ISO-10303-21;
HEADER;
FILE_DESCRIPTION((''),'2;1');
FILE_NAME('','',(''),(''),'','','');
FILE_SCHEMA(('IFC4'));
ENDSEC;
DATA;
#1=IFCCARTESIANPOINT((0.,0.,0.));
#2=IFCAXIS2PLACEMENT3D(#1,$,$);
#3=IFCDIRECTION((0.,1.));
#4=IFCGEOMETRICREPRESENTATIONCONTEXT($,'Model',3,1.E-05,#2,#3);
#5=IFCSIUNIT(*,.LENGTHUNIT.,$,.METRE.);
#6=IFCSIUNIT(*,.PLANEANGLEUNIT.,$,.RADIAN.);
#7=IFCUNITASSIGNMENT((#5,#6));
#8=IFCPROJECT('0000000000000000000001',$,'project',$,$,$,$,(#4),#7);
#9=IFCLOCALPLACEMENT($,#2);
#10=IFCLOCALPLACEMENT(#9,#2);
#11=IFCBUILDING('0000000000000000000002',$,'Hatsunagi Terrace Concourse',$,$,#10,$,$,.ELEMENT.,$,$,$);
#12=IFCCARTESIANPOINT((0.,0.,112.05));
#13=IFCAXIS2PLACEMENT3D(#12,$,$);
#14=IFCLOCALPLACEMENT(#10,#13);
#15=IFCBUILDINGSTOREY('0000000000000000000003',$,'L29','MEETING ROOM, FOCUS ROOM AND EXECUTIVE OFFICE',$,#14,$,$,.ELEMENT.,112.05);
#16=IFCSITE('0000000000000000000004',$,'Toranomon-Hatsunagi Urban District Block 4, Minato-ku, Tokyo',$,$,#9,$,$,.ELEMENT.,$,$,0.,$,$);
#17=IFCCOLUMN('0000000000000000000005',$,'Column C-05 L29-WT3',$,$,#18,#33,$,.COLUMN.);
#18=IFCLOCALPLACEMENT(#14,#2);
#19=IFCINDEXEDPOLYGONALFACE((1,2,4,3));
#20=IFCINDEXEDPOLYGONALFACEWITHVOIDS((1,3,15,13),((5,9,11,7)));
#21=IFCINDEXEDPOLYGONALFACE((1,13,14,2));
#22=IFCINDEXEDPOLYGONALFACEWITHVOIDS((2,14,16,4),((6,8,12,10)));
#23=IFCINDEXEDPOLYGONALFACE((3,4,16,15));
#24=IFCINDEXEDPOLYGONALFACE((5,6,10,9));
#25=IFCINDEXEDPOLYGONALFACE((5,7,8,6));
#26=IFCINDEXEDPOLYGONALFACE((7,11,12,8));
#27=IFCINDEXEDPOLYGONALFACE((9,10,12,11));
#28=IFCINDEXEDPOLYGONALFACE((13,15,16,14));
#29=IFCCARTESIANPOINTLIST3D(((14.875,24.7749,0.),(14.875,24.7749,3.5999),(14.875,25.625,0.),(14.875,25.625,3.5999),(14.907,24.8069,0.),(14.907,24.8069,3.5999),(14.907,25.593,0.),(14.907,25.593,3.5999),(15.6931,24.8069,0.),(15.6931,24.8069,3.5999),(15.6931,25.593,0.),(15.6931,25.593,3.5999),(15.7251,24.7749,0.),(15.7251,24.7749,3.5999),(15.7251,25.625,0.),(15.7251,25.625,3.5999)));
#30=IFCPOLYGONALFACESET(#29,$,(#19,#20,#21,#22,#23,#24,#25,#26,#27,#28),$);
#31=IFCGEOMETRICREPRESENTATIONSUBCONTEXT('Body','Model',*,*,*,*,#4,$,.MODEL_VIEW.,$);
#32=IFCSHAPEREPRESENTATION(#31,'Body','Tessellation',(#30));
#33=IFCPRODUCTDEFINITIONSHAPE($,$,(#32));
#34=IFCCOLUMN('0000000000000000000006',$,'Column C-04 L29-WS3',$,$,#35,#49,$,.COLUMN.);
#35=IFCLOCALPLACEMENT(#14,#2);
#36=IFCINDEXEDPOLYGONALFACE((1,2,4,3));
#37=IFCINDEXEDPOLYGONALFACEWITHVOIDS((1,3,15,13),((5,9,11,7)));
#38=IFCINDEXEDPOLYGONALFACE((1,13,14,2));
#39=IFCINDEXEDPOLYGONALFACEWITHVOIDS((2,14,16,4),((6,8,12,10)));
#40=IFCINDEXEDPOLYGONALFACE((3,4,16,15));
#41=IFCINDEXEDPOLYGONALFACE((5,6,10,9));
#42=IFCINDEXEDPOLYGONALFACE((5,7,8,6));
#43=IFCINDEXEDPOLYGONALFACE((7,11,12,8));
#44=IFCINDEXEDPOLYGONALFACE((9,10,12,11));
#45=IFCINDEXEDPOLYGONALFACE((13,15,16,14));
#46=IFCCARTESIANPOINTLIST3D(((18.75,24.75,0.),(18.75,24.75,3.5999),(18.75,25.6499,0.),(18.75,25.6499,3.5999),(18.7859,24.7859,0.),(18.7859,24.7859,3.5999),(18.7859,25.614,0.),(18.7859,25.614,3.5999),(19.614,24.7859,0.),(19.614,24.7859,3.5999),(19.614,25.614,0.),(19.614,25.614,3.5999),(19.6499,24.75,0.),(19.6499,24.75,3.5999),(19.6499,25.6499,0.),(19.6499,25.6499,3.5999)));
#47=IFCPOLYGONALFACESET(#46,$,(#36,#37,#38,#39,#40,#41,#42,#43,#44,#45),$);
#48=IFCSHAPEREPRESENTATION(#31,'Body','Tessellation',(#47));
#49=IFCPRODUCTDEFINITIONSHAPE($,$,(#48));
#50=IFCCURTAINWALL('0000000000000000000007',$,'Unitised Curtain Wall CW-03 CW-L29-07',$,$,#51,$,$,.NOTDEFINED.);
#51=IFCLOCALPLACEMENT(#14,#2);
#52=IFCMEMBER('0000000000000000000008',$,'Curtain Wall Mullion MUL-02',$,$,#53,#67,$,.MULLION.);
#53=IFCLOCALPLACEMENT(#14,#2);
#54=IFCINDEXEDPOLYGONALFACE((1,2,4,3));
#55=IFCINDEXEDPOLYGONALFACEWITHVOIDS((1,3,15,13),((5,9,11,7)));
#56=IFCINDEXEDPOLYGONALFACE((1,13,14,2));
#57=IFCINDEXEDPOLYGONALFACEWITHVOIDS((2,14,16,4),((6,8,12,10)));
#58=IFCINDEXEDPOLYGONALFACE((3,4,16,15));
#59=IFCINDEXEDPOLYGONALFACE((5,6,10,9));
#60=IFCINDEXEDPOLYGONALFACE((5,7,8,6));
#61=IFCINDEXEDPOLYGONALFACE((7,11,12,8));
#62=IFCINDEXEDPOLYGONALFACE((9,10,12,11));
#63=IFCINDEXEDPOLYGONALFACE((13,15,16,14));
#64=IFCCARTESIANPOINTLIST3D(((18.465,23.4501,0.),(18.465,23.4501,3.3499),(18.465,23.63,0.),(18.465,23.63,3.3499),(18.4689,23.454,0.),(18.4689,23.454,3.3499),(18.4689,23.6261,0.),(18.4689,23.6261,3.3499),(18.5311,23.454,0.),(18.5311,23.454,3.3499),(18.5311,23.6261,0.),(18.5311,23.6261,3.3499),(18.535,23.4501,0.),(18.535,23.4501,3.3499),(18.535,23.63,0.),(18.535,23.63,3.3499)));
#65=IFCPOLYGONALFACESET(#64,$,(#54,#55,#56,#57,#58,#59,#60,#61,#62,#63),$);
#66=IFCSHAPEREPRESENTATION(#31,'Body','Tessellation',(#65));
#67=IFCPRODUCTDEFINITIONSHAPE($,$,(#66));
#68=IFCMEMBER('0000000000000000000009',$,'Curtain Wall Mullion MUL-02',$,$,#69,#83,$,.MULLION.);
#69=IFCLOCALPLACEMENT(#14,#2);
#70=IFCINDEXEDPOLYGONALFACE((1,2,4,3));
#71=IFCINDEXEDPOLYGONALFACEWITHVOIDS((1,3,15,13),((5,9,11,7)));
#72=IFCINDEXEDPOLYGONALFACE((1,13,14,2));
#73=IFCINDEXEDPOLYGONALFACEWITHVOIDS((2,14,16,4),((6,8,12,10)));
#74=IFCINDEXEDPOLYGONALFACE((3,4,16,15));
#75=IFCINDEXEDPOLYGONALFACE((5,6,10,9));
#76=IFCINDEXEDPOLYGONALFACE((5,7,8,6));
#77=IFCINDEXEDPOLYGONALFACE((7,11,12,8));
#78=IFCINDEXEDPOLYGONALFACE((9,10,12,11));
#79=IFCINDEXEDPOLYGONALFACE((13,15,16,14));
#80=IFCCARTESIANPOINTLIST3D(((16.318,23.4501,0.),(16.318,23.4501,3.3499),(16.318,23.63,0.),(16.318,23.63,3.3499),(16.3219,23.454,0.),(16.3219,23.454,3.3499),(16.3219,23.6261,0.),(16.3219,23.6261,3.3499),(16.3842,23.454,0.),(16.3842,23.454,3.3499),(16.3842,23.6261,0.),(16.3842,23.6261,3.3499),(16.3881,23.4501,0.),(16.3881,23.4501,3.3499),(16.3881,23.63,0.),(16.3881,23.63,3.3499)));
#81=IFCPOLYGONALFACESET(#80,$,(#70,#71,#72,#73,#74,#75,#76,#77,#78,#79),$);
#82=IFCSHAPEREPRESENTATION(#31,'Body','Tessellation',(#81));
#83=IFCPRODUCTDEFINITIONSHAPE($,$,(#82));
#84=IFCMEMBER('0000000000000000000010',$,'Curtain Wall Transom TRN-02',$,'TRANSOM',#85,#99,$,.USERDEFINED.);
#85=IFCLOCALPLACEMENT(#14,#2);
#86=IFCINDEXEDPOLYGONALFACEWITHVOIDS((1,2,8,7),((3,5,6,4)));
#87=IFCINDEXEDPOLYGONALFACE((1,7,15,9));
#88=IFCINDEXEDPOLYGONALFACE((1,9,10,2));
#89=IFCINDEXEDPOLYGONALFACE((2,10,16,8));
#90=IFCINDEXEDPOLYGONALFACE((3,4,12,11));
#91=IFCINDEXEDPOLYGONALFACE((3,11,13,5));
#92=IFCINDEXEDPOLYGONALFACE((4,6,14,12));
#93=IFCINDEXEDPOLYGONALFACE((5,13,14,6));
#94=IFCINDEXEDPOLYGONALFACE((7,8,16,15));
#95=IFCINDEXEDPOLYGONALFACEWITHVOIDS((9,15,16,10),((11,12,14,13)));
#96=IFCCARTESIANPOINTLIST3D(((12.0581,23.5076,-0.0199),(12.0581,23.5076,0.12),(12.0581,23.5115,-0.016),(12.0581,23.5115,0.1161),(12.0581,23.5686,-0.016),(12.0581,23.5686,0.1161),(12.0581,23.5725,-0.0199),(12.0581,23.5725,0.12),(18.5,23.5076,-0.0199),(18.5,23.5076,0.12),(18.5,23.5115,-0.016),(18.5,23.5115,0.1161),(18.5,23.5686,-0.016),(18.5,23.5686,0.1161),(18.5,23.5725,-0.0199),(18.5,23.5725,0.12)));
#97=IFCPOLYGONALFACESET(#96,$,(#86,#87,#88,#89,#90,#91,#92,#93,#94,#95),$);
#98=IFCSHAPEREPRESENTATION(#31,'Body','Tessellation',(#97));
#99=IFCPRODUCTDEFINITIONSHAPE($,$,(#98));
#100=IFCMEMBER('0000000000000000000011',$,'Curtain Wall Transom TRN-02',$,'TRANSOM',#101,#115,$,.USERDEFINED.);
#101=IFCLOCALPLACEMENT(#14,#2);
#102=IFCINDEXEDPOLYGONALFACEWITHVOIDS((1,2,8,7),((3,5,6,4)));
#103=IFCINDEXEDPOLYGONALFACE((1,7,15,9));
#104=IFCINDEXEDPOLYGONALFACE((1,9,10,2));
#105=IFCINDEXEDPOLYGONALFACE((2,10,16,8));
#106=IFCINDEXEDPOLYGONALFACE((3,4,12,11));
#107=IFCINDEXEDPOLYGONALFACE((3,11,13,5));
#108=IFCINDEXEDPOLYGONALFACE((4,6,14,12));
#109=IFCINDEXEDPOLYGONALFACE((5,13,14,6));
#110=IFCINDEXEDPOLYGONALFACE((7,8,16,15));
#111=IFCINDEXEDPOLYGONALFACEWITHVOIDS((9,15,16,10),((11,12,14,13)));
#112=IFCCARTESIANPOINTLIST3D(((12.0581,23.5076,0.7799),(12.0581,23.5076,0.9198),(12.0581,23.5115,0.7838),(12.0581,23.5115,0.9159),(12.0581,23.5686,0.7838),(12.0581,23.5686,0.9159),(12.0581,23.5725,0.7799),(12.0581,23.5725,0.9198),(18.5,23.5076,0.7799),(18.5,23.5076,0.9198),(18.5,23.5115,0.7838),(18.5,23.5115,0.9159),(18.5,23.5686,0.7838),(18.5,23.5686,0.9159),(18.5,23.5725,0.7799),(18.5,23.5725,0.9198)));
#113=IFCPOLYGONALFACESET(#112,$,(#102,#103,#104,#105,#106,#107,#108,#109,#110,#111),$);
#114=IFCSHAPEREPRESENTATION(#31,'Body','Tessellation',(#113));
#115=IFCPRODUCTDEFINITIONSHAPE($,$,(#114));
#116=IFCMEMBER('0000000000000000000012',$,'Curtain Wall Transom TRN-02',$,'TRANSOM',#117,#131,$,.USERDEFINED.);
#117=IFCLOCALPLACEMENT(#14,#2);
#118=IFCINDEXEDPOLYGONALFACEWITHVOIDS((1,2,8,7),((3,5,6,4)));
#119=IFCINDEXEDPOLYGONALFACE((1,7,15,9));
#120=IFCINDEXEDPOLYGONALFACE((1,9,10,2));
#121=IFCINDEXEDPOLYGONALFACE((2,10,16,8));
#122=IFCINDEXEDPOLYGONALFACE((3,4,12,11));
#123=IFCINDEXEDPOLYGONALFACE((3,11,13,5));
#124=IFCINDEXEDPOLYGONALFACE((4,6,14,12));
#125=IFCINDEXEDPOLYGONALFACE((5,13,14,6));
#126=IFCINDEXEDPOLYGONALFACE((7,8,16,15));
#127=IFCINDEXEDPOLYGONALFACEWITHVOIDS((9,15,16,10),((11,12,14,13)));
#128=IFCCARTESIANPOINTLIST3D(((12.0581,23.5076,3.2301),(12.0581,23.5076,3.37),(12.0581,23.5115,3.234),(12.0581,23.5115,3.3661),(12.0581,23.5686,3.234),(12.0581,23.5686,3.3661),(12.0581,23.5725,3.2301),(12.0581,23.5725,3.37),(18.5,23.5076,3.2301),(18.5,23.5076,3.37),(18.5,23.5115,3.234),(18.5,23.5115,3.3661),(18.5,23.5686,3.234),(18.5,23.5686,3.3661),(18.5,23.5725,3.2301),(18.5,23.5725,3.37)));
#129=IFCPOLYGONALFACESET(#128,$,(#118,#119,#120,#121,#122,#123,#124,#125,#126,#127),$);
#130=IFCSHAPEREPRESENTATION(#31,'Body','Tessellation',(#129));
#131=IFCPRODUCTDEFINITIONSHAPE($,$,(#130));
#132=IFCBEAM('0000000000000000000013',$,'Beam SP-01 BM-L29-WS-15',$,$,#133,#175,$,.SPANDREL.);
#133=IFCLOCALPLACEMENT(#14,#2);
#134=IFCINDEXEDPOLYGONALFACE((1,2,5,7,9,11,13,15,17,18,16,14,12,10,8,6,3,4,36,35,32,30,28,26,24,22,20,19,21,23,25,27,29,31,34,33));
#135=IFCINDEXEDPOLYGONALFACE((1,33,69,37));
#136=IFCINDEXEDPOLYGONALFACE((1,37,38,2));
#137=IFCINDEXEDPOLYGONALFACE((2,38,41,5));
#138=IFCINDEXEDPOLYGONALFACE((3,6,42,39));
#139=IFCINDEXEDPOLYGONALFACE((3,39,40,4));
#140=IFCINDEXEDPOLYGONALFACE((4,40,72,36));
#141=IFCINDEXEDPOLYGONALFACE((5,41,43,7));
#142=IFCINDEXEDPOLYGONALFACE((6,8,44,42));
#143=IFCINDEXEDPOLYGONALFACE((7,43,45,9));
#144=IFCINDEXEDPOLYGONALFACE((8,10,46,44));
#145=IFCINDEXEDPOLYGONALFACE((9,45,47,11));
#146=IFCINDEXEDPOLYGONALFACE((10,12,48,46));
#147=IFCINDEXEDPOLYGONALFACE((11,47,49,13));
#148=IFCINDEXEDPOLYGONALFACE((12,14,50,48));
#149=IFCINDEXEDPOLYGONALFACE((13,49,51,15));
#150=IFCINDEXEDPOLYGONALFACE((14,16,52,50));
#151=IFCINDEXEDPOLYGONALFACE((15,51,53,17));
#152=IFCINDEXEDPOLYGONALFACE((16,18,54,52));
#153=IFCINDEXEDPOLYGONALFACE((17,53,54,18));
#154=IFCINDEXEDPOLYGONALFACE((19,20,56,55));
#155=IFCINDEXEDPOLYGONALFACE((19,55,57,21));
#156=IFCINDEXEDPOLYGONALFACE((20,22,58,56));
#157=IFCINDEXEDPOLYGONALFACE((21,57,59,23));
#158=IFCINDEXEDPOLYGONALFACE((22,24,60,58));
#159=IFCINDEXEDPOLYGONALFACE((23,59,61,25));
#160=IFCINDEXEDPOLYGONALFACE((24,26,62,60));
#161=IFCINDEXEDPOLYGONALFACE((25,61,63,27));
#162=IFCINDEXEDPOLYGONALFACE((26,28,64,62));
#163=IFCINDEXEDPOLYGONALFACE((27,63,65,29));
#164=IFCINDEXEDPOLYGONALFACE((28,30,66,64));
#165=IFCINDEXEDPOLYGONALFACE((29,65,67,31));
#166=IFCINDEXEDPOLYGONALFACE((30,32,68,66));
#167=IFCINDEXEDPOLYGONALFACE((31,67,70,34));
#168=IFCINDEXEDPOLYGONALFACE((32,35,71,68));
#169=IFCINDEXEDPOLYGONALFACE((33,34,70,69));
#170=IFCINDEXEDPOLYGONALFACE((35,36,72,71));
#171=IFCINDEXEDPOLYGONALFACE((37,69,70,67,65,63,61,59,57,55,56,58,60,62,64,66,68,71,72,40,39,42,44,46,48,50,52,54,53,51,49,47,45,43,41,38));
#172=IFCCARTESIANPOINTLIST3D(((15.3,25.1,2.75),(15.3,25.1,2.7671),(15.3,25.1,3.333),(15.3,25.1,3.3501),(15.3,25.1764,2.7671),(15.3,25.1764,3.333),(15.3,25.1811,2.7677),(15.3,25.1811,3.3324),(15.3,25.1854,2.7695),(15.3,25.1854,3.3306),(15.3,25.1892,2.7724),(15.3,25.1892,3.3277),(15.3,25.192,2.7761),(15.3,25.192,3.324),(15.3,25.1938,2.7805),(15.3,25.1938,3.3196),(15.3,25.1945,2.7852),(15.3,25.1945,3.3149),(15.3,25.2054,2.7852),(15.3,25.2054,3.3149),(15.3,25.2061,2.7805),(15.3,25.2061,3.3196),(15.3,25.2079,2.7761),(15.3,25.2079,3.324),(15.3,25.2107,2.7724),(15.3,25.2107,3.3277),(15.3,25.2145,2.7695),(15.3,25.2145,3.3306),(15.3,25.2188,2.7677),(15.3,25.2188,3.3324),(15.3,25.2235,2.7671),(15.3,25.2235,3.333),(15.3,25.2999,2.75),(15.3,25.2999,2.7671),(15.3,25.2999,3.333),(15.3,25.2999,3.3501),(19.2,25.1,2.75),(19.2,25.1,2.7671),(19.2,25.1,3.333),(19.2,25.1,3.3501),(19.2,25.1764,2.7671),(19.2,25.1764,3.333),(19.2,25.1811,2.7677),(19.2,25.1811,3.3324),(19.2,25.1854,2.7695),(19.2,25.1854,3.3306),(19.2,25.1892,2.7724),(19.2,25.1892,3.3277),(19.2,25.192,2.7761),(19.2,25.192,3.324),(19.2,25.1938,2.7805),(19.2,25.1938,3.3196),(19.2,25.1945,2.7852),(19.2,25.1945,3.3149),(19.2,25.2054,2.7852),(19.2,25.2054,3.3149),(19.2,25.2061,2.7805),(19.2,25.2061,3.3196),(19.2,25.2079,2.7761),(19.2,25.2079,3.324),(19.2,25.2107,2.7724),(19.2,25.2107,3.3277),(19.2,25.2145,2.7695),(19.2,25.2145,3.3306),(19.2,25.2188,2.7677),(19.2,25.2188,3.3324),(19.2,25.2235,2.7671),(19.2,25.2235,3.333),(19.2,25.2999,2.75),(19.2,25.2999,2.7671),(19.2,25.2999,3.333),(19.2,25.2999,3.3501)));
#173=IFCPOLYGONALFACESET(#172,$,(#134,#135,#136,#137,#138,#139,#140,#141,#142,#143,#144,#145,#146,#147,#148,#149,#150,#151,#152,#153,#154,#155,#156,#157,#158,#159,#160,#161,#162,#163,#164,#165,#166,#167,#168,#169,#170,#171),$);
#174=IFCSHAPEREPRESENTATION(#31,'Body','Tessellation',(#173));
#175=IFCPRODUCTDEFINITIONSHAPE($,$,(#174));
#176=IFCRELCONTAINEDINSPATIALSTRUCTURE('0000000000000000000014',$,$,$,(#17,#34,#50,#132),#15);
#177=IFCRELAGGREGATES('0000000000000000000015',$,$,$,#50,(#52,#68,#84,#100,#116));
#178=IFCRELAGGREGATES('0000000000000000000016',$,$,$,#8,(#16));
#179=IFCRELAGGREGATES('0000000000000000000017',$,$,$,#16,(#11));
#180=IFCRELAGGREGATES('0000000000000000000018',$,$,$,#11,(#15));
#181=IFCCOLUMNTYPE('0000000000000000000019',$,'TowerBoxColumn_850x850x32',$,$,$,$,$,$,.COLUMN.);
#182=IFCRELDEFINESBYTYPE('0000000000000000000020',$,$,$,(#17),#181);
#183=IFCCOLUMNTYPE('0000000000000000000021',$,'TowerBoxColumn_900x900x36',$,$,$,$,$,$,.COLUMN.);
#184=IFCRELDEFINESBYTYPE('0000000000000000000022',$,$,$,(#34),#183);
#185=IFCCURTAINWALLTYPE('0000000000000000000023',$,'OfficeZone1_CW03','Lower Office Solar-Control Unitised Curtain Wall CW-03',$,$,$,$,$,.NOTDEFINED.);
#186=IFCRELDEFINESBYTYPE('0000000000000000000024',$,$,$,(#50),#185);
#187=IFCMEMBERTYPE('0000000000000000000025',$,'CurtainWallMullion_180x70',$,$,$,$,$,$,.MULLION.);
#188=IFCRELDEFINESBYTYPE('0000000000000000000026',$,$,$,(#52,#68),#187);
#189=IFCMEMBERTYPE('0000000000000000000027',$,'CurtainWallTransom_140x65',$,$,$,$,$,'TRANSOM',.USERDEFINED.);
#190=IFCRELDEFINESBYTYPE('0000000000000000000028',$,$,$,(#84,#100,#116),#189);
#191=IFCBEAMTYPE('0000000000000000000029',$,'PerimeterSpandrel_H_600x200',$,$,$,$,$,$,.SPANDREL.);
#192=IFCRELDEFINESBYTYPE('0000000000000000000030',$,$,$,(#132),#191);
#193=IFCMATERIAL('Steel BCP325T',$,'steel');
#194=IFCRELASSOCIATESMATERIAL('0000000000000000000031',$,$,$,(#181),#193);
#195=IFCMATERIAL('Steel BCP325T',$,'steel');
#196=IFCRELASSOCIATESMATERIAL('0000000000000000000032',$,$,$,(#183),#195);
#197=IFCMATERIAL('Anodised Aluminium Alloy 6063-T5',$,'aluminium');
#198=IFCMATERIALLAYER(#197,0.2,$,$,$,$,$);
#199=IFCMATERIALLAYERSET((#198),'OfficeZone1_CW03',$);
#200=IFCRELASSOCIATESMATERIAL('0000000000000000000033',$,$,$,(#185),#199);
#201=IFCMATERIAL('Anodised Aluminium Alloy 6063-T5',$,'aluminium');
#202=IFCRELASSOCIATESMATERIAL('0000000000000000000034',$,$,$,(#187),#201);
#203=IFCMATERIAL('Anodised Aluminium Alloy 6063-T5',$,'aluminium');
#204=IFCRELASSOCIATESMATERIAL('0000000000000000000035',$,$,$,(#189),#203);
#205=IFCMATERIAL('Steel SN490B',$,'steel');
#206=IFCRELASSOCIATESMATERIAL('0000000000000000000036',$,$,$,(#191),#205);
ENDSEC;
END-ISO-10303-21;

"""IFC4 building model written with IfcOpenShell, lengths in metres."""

from ifc_helpers import new_model, si_unit, direction, frame, origin, origin_2d, place, context, subcontext, project, spatial, hollow_rectangle, i_section, extrude, material, layer, layer_set, material_profile, profile_set, type_object, element, aggregate, save


model = new_model("IFC4")

# Units and contexts
model_context = context("Model", 3, precision=1e-05, world=origin(), true_north=direction((0.0, 1.0)))
body_context = subcontext(model_context, "Body", "Model", "MODEL_VIEW")
ifc_project = project(units=[si_unit("LENGTHUNIT", "METRE"), si_unit("PLANEANGLEUNIT", "RADIAN")], contexts=[model_context])

# Site, building, storey
site_placement = place(None, origin())
site = spatial("IfcSite", under=ifc_project, at=site_placement, Name="Toranomon-Hatsunagi Urban District Block 4, Minato-ku, Tokyo", CompositionType="ELEMENT", RefElevation=0.0)
building_placement = place(site_placement, origin())
building = spatial("IfcBuilding", under=site, at=building_placement, Name="Hatsunagi Terrace Concourse", CompositionType="ELEMENT")
storey_placement = place(building_placement, frame((0.0, 0.0, 112.05)))
storey = spatial("IfcBuildingStorey", under=building, at=storey_placement, Name="L29", Description="MEETING ROOM, FOCUS ROOM AND EXECUTIVE OFFICE", CompositionType="ELEMENT", Elevation=112.05)

# Columns
ifc_material_1 = material(Name="Steel BCP325T", Category="steel")
ifc_material_profile_1 = material_profile(ifc_material_1, hollow_rectangle(XDim=0.8501, YDim=0.8501, WallThickness=0.032, at=origin_2d()), Name="BCP-850x850x32")
ifc_profile_set_1 = profile_set([ifc_material_profile_1], Name="Steel BCP325T")
column_type_1 = type_object("IfcColumnType", Name="TowerBoxColumn_850x850x32", PredefinedType="COLUMN", material=ifc_profile_set_1)
column_1_placement = place(storey_placement, frame((15.3, 25.2, 0.0), z_axis=(0.0, 0.0, 1.0), x_axis=(1.0, 0.0, 0.0)))
element("IfcColumn", 1, at=column_1_placement, inside=storey, type_object=column_type_1, Name="Column C-05 L29-WT3", PredefinedType="COLUMN", context=body_context, shape_type="SweptSolid", body=[
    extrude(hollow_rectangle(XDim=0.8501, YDim=0.8501, WallThickness=0.032, at=origin_2d()), origin(), (0.0, 0.0, 1.0), 3.5999),
])
ifc_material_2 = material(Name="Steel BCP325T", Category="steel")
ifc_material_profile_2 = material_profile(ifc_material_2, hollow_rectangle(XDim=0.8999, YDim=0.8999, WallThickness=0.0359, at=origin_2d()), Name="BCP-900x900x36")
ifc_profile_set_2 = profile_set([ifc_material_profile_2], Name="Steel BCP325T")
column_type_2 = type_object("IfcColumnType", Name="TowerBoxColumn_900x900x36", PredefinedType="COLUMN", material=ifc_profile_set_2)
column_2_placement = place(storey_placement, frame((19.2, 25.2, 0.0), z_axis=(0.0, 0.0, 1.0), x_axis=(1.0, 0.0, 0.0)))
element("IfcColumn", 2, at=column_2_placement, inside=storey, type_object=column_type_2, Name="Column C-04 L29-WS3", PredefinedType="COLUMN", context=body_context, shape_type="SweptSolid", body=[
    extrude(hollow_rectangle(XDim=0.8999, YDim=0.8999, WallThickness=0.0359, at=origin_2d()), origin(), (0.0, 0.0, 1.0), 3.5999),
])

# Curtain wall, members
ifc_material_3 = material(Name="Anodised Aluminium Alloy 6063-T5", Category="aluminium")
ifc_layer_1 = layer(ifc_material_3, 0.2)
ifc_layer_set_1 = layer_set([ifc_layer_1], Name="OfficeZone1_CW03")
curtain_wall_type = type_object("IfcCurtainWallType", Name="OfficeZone1_CW03", Description="Lower Office Solar-Control Unitised Curtain Wall CW-03", PredefinedType="NOTDEFINED", material=ifc_layer_set_1)
curtain_wall_placement = place(storey_placement, origin())
curtain_wall = element("IfcCurtainWall", 3, at=curtain_wall_placement, inside=storey, type_object=curtain_wall_type, Name="Unitised Curtain Wall CW-03 CW-L29-07", PredefinedType="NOTDEFINED")
ifc_material_4 = material(Name="Anodised Aluminium Alloy 6063-T5", Category="aluminium")
ifc_material_profile_3 = material_profile(ifc_material_4, hollow_rectangle(XDim=0.0701, YDim=0.1799, WallThickness=0.0039, at=origin_2d()), Name="ALU-MUL-180x70x4")
ifc_profile_set_3 = profile_set([ifc_material_profile_3], Name="Anodised Aluminium Alloy 6063-T5")
member_type_1 = type_object("IfcMemberType", Name="CurtainWallMullion_180x70", PredefinedType="MULLION", material=ifc_profile_set_3)
member_1_placement = place(storey_placement, frame((18.5, 23.54, 0.0), z_axis=(0.0, 0.0, 1.0), x_axis=(-1.0, 0.0, 0.0)))
member_1 = element("IfcMember", 4, at=member_1_placement, type_object=member_type_1, Name="Curtain Wall Mullion MUL-02", PredefinedType="MULLION", context=body_context, shape_type="SweptSolid", body=[
    extrude(hollow_rectangle(XDim=0.0701, YDim=0.1799, WallThickness=0.0039, at=origin_2d()), origin(), (0.0, 0.0, 1.0), 3.3499),
])
member_2_placement = place(storey_placement, frame((16.353, 23.54, 0.0), z_axis=(0.0, 0.0, 1.0), x_axis=(-1.0, 0.0, 0.0)))
member_2 = element("IfcMember", 5, at=member_2_placement, type_object=member_type_1, Name="Curtain Wall Mullion MUL-02", PredefinedType="MULLION", context=body_context, shape_type="SweptSolid", body=[
    extrude(hollow_rectangle(XDim=0.0701, YDim=0.1799, WallThickness=0.0039, at=origin_2d()), origin(), (0.0, 0.0, 1.0), 3.3499),
])
ifc_material_5 = material(Name="Anodised Aluminium Alloy 6063-T5", Category="aluminium")
ifc_material_profile_4 = material_profile(ifc_material_5, hollow_rectangle(XDim=0.0649, YDim=0.1399, WallThickness=0.0039, at=origin_2d()), Name="ALU-TRN-140x65x4")
ifc_profile_set_4 = profile_set([ifc_material_profile_4], Name="Anodised Aluminium Alloy 6063-T5")
member_type_2 = type_object("IfcMemberType", Name="CurtainWallTransom_140x65", ElementType="TRANSOM", PredefinedType="USERDEFINED", material=ifc_profile_set_4)
member_3_placement = place(storey_placement, frame((18.5, 23.54, 0.05), z_axis=(-1.0, 0.0, 0.0), x_axis=(0.0, -1.0, 0.0)))
member_3 = element("IfcMember", 6, at=member_3_placement, type_object=member_type_2, Name="Curtain Wall Transom TRN-02", ObjectType="TRANSOM", PredefinedType="USERDEFINED", context=body_context, shape_type="SweptSolid", body=[
    extrude(hollow_rectangle(XDim=0.0649, YDim=0.1399, WallThickness=0.0039, at=origin_2d()), origin(), (0.0, 0.0, 1.0), 6.4419),
])
member_4_placement = place(storey_placement, frame((18.5, 23.54, 0.8499), z_axis=(-1.0, 0.0, 0.0), x_axis=(0.0, -1.0, 0.0)))
member_4 = element("IfcMember", 7, at=member_4_placement, type_object=member_type_2, Name="Curtain Wall Transom TRN-02", ObjectType="TRANSOM", PredefinedType="USERDEFINED", context=body_context, shape_type="SweptSolid", body=[
    extrude(hollow_rectangle(XDim=0.0649, YDim=0.1399, WallThickness=0.0039, at=origin_2d()), origin(), (0.0, 0.0, 1.0), 6.4419),
])
member_5_placement = place(storey_placement, frame((18.5, 23.54, 3.3), z_axis=(-1.0, 0.0, 0.0), x_axis=(0.0, -1.0, 0.0)))
member_5 = element("IfcMember", 8, at=member_5_placement, type_object=member_type_2, Name="Curtain Wall Transom TRN-02", ObjectType="TRANSOM", PredefinedType="USERDEFINED", context=body_context, shape_type="SweptSolid", body=[
    extrude(hollow_rectangle(XDim=0.0649, YDim=0.1399, WallThickness=0.0039, at=origin_2d()), origin(), (0.0, 0.0, 1.0), 6.4419),
])

# Beam
ifc_material_6 = material(Name="Steel SN490B", Category="steel")
ifc_material_profile_5 = material_profile(ifc_material_6, i_section(OverallWidth=0.2, OverallDepth=0.6001, WebThickness=0.011, FlangeThickness=0.0171, FilletRadius=0.0181, at=origin_2d()), Name="H-600x200x11x17")
ifc_profile_set_5 = profile_set([ifc_material_profile_5], Name="Steel SN490B")
beam_type = type_object("IfcBeamType", Name="PerimeterSpandrel_H_600x200", PredefinedType="SPANDREL", material=ifc_profile_set_5)
beam_placement = place(storey_placement, frame((15.3, 25.2, 3.05), z_axis=(1.0, 0.0, 0.0), x_axis=(0.0, 1.0, 0.0)))
element("IfcBeam", 9, at=beam_placement, inside=storey, type_object=beam_type, Name="Beam SP-01 BM-L29-WS-15", PredefinedType="SPANDREL", context=body_context, shape_type="SweptSolid", body=[
    extrude(i_section(OverallWidth=0.2, OverallDepth=0.6001, WebThickness=0.011, FlangeThickness=0.0171, FilletRadius=0.0181, at=origin_2d()), origin(), (0.0, 0.0, 1.0), 3.8999),
])

aggregate(curtain_wall, [member_1, member_2, member_3, member_4, member_5])

save(model, "model.ifc")
